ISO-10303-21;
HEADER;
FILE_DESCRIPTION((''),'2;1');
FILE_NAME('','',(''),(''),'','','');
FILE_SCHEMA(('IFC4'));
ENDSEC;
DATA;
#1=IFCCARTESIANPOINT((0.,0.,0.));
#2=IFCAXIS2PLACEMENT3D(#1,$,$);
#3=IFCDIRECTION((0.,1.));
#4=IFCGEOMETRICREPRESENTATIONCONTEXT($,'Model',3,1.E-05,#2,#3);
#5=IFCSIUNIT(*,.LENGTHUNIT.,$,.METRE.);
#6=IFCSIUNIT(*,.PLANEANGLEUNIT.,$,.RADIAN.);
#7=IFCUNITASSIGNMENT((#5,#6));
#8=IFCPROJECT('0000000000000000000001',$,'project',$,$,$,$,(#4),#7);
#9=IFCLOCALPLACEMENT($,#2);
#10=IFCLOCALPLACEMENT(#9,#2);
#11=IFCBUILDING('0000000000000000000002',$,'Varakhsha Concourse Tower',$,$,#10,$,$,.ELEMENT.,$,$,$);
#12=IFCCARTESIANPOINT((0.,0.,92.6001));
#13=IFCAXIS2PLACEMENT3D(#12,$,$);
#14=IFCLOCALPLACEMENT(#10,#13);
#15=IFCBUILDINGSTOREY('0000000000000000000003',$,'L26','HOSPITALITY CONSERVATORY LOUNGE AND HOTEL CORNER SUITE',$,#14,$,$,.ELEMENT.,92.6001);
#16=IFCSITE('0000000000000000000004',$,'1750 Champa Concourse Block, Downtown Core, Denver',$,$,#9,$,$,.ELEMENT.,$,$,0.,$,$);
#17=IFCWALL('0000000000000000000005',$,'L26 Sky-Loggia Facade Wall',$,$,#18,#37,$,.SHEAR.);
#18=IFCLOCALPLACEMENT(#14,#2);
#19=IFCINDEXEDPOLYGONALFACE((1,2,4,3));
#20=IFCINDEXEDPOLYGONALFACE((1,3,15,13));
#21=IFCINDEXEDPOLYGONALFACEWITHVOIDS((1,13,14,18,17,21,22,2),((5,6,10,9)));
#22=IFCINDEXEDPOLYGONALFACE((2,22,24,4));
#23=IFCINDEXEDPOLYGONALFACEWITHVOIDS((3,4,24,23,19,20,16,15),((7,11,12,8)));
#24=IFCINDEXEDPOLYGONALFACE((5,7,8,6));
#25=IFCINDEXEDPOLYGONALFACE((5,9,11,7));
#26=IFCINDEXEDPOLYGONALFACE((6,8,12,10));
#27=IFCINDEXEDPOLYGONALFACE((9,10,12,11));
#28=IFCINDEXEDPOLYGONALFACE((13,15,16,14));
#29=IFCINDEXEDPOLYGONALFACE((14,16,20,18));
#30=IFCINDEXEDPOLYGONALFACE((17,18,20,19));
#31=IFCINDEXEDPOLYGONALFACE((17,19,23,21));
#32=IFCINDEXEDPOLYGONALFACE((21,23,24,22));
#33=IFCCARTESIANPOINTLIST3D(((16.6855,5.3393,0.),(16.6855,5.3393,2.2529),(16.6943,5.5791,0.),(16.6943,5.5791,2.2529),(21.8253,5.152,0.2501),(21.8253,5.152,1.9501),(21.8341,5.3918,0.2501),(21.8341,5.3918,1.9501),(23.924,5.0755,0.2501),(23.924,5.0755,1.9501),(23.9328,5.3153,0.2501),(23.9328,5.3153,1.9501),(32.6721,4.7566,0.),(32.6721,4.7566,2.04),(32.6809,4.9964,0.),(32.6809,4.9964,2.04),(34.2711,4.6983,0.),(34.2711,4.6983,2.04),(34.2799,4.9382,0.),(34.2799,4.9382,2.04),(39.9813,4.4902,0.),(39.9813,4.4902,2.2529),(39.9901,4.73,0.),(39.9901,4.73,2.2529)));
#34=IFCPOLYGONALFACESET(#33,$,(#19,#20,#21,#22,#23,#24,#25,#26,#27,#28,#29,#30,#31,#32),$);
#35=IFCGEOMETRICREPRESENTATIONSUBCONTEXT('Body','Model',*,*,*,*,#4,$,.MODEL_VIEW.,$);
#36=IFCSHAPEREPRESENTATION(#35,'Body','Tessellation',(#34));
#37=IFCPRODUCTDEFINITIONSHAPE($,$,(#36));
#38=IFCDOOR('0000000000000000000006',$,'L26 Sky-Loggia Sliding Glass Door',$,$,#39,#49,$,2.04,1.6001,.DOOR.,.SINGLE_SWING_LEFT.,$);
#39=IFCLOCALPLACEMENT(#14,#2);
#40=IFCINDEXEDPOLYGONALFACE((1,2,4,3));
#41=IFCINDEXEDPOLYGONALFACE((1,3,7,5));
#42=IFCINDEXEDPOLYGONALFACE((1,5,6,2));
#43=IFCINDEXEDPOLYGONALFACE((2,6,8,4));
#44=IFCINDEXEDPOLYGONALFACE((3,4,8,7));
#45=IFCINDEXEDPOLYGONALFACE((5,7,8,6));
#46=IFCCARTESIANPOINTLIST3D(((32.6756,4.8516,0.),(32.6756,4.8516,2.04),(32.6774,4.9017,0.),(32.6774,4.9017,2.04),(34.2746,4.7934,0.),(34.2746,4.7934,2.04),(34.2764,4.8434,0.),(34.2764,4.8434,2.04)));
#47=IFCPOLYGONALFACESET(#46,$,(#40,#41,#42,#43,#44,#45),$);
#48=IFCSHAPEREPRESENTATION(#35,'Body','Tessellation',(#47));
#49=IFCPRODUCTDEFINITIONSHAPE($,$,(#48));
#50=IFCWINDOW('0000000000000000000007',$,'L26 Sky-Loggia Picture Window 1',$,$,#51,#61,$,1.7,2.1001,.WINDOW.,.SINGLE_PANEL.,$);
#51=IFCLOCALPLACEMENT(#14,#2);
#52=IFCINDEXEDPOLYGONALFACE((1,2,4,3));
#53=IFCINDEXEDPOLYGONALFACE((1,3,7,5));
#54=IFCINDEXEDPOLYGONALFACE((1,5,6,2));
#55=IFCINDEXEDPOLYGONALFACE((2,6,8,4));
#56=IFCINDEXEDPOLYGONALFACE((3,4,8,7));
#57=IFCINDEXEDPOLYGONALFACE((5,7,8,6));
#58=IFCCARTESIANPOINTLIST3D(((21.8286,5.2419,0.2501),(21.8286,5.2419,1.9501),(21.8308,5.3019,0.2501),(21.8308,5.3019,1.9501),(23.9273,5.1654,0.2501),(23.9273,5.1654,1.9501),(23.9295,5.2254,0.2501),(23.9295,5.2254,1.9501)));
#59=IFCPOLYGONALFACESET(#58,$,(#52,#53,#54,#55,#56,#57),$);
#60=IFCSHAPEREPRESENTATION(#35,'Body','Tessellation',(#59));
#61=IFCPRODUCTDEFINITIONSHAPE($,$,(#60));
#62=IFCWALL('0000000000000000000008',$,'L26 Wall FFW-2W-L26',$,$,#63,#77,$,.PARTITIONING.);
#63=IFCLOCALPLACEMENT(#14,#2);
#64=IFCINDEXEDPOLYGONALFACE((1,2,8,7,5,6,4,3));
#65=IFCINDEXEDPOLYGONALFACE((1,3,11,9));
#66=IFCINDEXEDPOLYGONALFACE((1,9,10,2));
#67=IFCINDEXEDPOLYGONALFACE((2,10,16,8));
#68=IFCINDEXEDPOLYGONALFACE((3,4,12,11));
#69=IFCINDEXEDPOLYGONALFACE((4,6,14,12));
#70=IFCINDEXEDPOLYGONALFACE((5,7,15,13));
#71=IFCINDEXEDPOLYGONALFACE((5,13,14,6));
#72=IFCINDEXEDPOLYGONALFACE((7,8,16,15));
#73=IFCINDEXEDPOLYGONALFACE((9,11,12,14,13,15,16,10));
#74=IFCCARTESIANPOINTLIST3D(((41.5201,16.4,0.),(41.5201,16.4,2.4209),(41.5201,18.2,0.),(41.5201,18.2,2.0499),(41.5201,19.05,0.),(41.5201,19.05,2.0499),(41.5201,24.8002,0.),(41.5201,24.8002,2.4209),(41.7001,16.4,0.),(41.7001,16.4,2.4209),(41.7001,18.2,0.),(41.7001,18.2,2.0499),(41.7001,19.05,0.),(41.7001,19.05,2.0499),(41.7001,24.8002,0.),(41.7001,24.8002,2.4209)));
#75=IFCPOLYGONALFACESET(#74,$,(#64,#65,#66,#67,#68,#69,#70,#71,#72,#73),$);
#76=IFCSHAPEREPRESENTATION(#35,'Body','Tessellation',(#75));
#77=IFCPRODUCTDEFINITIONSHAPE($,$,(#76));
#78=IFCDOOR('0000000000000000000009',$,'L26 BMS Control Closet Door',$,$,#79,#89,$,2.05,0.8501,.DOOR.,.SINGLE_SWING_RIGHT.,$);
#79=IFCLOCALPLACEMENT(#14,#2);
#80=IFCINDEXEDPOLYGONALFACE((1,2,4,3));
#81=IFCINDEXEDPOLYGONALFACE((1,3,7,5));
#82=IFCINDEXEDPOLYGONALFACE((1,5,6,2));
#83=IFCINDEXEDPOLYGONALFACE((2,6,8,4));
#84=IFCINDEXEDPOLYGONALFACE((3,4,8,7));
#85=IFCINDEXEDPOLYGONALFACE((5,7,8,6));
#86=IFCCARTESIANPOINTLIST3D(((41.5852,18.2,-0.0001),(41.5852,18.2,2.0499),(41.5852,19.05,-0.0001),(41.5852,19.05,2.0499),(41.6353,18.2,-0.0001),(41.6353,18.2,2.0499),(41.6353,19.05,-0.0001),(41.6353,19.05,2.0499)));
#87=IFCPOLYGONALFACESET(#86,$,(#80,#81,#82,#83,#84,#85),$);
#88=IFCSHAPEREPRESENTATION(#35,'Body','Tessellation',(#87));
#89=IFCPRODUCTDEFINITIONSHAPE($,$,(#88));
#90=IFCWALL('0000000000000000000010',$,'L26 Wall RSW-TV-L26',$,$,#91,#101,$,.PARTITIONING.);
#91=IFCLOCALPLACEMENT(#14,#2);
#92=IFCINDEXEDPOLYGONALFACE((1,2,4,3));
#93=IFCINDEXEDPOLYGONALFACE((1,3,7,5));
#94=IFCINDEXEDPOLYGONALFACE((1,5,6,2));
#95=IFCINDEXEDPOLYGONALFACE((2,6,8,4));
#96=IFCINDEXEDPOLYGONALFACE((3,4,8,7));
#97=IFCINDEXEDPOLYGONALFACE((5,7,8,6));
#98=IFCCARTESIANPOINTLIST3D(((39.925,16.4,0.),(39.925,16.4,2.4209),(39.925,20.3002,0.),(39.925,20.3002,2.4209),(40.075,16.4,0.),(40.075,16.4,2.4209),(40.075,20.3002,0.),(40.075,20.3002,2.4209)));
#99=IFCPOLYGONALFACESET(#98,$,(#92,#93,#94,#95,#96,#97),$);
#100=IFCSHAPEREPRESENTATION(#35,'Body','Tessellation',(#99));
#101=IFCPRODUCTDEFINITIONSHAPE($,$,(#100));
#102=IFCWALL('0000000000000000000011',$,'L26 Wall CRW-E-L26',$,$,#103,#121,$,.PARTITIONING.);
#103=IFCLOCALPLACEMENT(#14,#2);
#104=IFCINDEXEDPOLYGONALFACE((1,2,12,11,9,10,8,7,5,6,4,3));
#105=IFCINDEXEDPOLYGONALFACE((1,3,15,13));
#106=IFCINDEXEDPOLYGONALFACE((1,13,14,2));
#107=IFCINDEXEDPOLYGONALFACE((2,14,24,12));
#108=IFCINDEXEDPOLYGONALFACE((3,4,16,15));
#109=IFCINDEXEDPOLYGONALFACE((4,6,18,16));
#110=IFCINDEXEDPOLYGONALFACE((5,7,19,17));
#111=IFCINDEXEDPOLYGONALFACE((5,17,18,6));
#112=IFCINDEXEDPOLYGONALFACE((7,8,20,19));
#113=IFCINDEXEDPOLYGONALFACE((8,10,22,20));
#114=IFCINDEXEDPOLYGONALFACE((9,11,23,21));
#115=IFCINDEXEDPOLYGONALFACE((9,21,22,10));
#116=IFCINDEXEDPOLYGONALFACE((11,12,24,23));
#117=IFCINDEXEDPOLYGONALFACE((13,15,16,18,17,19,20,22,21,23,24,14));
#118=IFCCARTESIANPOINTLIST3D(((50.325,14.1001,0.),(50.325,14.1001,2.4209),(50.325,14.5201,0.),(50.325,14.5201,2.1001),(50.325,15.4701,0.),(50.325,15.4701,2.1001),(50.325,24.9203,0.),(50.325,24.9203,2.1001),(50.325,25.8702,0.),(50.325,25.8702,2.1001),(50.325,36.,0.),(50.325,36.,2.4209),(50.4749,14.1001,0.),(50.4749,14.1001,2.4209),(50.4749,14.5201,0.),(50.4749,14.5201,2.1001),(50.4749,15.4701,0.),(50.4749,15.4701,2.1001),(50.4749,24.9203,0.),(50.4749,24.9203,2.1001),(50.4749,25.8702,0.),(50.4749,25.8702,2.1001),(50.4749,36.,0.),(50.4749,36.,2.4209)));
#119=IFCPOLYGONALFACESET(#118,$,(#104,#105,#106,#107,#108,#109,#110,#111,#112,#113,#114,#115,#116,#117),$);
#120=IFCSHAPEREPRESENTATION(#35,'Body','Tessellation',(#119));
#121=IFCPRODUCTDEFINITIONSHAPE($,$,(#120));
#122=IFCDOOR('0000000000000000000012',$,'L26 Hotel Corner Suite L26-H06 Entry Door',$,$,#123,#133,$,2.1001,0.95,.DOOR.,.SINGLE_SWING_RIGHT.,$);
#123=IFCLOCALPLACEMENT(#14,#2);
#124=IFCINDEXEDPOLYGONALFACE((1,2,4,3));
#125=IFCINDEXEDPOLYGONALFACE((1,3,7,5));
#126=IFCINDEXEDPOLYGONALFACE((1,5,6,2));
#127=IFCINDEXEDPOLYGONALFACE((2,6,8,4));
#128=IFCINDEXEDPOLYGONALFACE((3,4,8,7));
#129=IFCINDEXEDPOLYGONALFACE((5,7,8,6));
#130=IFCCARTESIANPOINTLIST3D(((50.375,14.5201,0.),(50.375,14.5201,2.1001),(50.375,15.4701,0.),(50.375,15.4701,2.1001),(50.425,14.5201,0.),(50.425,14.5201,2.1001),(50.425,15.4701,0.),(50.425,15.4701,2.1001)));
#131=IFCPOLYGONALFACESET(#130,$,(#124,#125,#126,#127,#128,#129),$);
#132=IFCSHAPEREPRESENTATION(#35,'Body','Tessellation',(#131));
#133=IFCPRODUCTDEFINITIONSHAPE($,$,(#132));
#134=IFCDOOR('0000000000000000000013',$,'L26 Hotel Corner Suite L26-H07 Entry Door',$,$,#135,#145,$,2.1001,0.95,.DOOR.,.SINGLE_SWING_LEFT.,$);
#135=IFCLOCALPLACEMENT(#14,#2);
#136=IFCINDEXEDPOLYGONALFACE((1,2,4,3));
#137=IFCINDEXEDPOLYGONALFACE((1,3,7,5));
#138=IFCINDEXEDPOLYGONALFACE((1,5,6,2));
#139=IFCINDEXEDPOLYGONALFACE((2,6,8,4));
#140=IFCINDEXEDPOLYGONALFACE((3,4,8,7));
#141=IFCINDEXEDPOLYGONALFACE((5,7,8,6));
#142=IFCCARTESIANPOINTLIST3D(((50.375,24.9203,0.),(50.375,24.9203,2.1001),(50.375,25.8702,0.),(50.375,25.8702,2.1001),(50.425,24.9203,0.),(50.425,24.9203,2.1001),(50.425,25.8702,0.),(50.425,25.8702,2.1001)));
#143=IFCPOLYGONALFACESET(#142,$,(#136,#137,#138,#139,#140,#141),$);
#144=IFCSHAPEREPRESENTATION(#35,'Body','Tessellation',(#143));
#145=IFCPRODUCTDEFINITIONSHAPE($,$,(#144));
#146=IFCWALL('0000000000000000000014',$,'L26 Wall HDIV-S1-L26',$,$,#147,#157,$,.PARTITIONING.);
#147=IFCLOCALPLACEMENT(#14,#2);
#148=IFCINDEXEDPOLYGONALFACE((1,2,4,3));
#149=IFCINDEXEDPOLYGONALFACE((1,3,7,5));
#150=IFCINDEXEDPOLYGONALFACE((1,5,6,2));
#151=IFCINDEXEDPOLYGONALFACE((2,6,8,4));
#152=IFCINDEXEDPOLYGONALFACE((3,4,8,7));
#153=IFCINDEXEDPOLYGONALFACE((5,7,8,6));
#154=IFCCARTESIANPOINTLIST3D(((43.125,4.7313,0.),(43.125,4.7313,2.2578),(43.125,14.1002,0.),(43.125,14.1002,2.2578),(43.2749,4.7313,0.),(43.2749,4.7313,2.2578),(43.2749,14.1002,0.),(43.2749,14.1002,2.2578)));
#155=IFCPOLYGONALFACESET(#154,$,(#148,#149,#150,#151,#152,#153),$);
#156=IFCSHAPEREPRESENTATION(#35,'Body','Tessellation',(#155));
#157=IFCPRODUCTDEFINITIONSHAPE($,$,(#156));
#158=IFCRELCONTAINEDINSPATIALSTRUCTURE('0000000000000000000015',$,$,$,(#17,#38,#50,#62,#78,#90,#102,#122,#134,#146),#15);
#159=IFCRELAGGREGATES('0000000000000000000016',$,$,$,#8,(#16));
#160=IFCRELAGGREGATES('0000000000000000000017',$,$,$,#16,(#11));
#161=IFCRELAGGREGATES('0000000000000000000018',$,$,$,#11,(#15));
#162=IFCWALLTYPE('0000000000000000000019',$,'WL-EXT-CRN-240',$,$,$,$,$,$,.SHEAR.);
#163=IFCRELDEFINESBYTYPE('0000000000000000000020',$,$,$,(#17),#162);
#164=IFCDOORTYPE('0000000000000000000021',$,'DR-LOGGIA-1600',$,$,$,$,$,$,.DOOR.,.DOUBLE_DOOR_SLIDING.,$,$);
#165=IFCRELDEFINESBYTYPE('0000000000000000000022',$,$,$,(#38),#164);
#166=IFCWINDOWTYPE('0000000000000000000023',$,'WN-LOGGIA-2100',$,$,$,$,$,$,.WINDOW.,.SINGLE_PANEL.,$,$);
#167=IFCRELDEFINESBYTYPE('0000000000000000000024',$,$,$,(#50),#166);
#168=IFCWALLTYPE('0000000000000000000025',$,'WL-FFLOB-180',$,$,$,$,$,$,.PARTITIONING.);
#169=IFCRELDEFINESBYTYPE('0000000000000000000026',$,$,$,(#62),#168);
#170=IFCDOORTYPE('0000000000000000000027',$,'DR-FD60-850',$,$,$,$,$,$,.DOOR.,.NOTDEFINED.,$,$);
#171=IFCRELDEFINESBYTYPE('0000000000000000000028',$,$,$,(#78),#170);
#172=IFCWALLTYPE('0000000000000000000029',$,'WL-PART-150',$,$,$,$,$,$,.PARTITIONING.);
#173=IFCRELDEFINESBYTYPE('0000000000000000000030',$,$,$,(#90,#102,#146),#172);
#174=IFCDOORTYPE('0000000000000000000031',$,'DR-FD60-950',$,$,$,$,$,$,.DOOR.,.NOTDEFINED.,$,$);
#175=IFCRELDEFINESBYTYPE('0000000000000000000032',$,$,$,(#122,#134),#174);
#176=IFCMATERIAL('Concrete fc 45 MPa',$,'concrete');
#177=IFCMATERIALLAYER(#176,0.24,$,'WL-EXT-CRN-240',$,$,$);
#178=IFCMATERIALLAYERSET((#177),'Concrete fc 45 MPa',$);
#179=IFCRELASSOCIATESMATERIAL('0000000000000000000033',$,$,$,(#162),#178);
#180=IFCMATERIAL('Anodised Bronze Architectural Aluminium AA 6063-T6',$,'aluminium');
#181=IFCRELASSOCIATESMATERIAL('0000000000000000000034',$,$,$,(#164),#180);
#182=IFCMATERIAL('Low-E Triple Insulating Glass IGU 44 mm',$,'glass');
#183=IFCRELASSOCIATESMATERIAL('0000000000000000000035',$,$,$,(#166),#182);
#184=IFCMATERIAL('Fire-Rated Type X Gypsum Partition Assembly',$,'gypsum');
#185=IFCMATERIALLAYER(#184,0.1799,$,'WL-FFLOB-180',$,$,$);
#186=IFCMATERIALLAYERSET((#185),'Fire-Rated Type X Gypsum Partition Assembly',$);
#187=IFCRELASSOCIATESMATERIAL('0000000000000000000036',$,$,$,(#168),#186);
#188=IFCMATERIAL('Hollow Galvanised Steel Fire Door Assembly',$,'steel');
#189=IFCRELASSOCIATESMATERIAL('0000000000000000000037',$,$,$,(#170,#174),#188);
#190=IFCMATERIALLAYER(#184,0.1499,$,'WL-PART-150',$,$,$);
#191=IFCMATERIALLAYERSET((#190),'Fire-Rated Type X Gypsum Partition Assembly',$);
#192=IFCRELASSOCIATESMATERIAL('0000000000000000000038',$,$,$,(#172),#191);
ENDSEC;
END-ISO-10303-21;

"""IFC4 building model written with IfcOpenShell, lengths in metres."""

from ifc_helpers import new_model, si_unit, direction, frame, frame_2d, origin, place, context, subcontext, project, spatial, rectangle, extrude, material, layer, layer_set, type_object, element, fill, save


model = new_model("IFC4")

# Units and contexts
model_context = context("Model", 3, precision=1e-05, world=origin(), true_north=direction((0.0, 1.0)))
body_context = subcontext(model_context, "Body", "Model", "MODEL_VIEW")
ifc_project = project(units=[si_unit("LENGTHUNIT", "METRE"), si_unit("PLANEANGLEUNIT", "RADIAN")], contexts=[model_context])

# Site, building, storey
site_placement = place(None, origin())
site = spatial("IfcSite", under=ifc_project, at=site_placement, Name="1750 Champa Concourse Block, Downtown Core, Denver", CompositionType="ELEMENT", RefElevation=0.0)
building_placement = place(site_placement, origin())
building = spatial("IfcBuilding", under=site, at=building_placement, Name="Varakhsha Concourse Tower", CompositionType="ELEMENT")
storey_placement = place(building_placement, frame((0.0, 0.0, 92.6001)))
storey = spatial("IfcBuildingStorey", under=building, at=storey_placement, Name="L26", Description="HOSPITALITY CONSERVATORY LOUNGE AND HOTEL CORNER SUITE", CompositionType="ELEMENT", Elevation=92.6001)

# Shared definitions
ifc_material_1 = material(Name="Anodised Bronze Architectural Aluminium AA 6063-T6", Category="aluminium")
ifc_material_2 = material(Name="Low-E Triple Insulating Glass IGU 44 mm", Category="glass")

# Wall, openings, door, window
ifc_material_3 = material(Name="Concrete fc 45 MPa", Category="concrete")
ifc_layer_1 = layer(ifc_material_3, 0.24, Name="WL-EXT-CRN-240")
ifc_layer_set_1 = layer_set([ifc_layer_1], Name="Concrete fc 45 MPa")
wall_type_1 = type_object("IfcWallType", Name="WL-EXT-CRN-240", PredefinedType="SHEAR", material=ifc_layer_set_1)
wall_1_placement = place(storey_placement, frame((39.9858, 4.6101, 0.0), z_axis=(0.0, 0.0, 1.0), x_axis=(-0.999336, 0.036425, 0.0)))
wall_1 = element("IfcWall", 1, at=wall_1_placement, inside=storey, type_object=wall_type_1, Name="L26 Sky-Loggia Facade Wall", PredefinedType="SHEAR", context=body_context, shape_type="SweptSolid", body=[
    extrude(rectangle(XDim=23.3113, YDim=0.24, at=frame_2d((11.6558, 0.0))), origin(), (0.0, 0.0, 1.0), 2.2529),
])
opening_1_placement = place(wall_1_placement, frame((5.7141, 0.0, 0.0)))
opening_1 = element("IfcOpeningElement", 2, at=opening_1_placement, cuts=wall_1, PredefinedType="OPENING", context=body_context, shape_type="SweptSolid", body=[
    extrude(rectangle(XDim=1.6001, YDim=2.04, at=frame_2d((0.8, 1.02))), frame((0.0, 0.1299, 0.0), z_axis=(0.0, -1.0, 0.0), x_axis=(1.0, 0.0, 0.0)), (0.0, 0.0, 1.0), 0.26),
])
opening_2_placement = place(wall_1_placement, frame((16.0681, 0.0, 0.25)))
opening_2 = element("IfcOpeningElement", 3, at=opening_2_placement, cuts=wall_1, PredefinedType="OPENING", context=body_context, shape_type="SweptSolid", body=[
    extrude(rectangle(XDim=2.1001, YDim=1.7, at=frame_2d((1.05, 0.8501))), frame((0.0, 0.1299, 0.0), z_axis=(0.0, -1.0, 0.0), x_axis=(1.0, 0.0, 0.0)), (0.0, 0.0, 1.0), 0.26),
])
door_type_1 = type_object("IfcDoorType", Name="DR-LOGGIA-1600", OperationType="DOUBLE_DOOR_SLIDING", PredefinedType="DOOR", material=ifc_material_1)
door_1_placement = place(opening_1_placement, origin())
door_1 = element("IfcDoor", 4, at=door_1_placement, inside=storey, type_object=door_type_1, Name="L26 Sky-Loggia Sliding Glass Door", OperationType="SINGLE_SWING_LEFT", OverallHeight=2.04, OverallWidth=1.6001, PredefinedType="DOOR", context=body_context, shape_type="SweptSolid", body=[
    extrude(rectangle(XDim=1.6001, YDim=2.04, at=frame_2d((0.8, 1.02))), frame((0.0, 0.0249, 0.0), z_axis=(0.0, -1.0, 0.0), x_axis=(1.0, 0.0, 0.0)), (0.0, 0.0, 1.0), 0.05),
])
fill(opening_1, door_1)
window_type = type_object("IfcWindowType", Name="WN-LOGGIA-2100", PartitioningType="SINGLE_PANEL", PredefinedType="WINDOW", material=ifc_material_2)
window_placement = place(opening_2_placement, origin())
window = element("IfcWindow", 5, at=window_placement, inside=storey, type_object=window_type, Name="L26 Sky-Loggia Picture Window 1", OverallHeight=1.7, OverallWidth=2.1001, PartitioningType="SINGLE_PANEL", PredefinedType="WINDOW", context=body_context, shape_type="SweptSolid", body=[
    extrude(rectangle(XDim=2.1001, YDim=1.7, at=frame_2d((1.05, 0.8501))), frame((0.0, 0.03, 0.0), z_axis=(0.0, -1.0, 0.0), x_axis=(1.0, 0.0, 0.0)), (0.0, 0.0, 1.0), 0.0601),
])
fill(opening_2, window)

# Wall, opening, door
ifc_material_4 = material(Name="Fire-Rated Type X Gypsum Partition Assembly", Category="gypsum")
ifc_layer_2 = layer(ifc_material_4, 0.1799, Name="WL-FFLOB-180")
ifc_layer_set_2 = layer_set([ifc_layer_2], Name="Fire-Rated Type X Gypsum Partition Assembly")
wall_type_2 = type_object("IfcWallType", Name="WL-FFLOB-180", PredefinedType="PARTITIONING", material=ifc_layer_set_2)
wall_2_placement = place(storey_placement, frame((41.6101, 16.3999, 0.0), z_axis=(0.0, 0.0, 1.0), x_axis=(0.0, 1.0, 0.0)))
wall_2 = element("IfcWall", 6, at=wall_2_placement, inside=storey, type_object=wall_type_2, Name="L26 Wall FFW-2W-L26", PredefinedType="PARTITIONING", context=body_context, shape_type="SweptSolid", body=[
    extrude(rectangle(XDim=8.4001, YDim=0.1799, at=frame_2d((4.2002, 0.0))), origin(), (0.0, 0.0, 1.0), 2.4209),
])
opening_3_placement = place(wall_2_placement, frame((1.8, 0.0, 0.0)))
opening_3 = element("IfcOpeningElement", 7, at=opening_3_placement, cuts=wall_2, PredefinedType="OPENING", context=body_context, shape_type="SweptSolid", body=[
    extrude(rectangle(XDim=0.8501, YDim=2.05, at=frame_2d((0.425, 1.0249))), frame((0.0, 0.0999, 0.0), z_axis=(0.0, -1.0, 0.0), x_axis=(1.0, 0.0, 0.0)), (0.0, 0.0, 1.0), 0.2),
])
ifc_material_5 = material(Name="Hollow Galvanised Steel Fire Door Assembly", Category="steel")
door_type_2 = type_object("IfcDoorType", Name="DR-FD60-850", OperationType="NOTDEFINED", PredefinedType="DOOR", material=ifc_material_5)
door_2_placement = place(opening_3_placement, origin())
door_2 = element("IfcDoor", 8, at=door_2_placement, inside=storey, type_object=door_type_2, Name="L26 BMS Control Closet Door", OperationType="SINGLE_SWING_RIGHT", OverallHeight=2.05, OverallWidth=0.8501, PredefinedType="DOOR", context=body_context, shape_type="SweptSolid", body=[
    extrude(rectangle(XDim=0.8501, YDim=2.05, at=frame_2d((0.425, 1.0249))), frame((0.0, 0.0249, 0.0), z_axis=(0.0, -1.0, 0.0), x_axis=(1.0, 0.0, 0.0)), (0.0, 0.0, 1.0), 0.05),
])
fill(opening_3, door_2)

# Wall
ifc_layer_3 = layer(ifc_material_4, 0.1499, Name="WL-PART-150")
ifc_layer_set_3 = layer_set([ifc_layer_3], Name="Fire-Rated Type X Gypsum Partition Assembly")
wall_type_3 = type_object("IfcWallType", Name="WL-PART-150", PredefinedType="PARTITIONING", material=ifc_layer_set_3)
wall_3_placement = place(storey_placement, frame((40.0, 16.3999, 0.0), z_axis=(0.0, 0.0, 1.0), x_axis=(0.0, 1.0, 0.0)))
element("IfcWall", 9, at=wall_3_placement, inside=storey, type_object=wall_type_3, Name="L26 Wall RSW-TV-L26", PredefinedType="PARTITIONING", context=body_context, shape_type="SweptSolid", body=[
    extrude(rectangle(XDim=3.9001, YDim=0.1499, at=frame_2d((1.9502, 0.0))), origin(), (0.0, 0.0, 1.0), 2.4209),
])

# Wall, openings, doors
wall_4_placement = place(storey_placement, frame((50.3999, 14.1001, 0.0), z_axis=(0.0, 0.0, 1.0), x_axis=(0.0, 1.0, 0.0)))
wall_4 = element("IfcWall", 10, at=wall_4_placement, inside=storey, type_object=wall_type_3, Name="L26 Wall CRW-E-L26", PredefinedType="PARTITIONING", context=body_context, shape_type="SweptSolid", body=[
    extrude(rectangle(XDim=21.8999, YDim=0.1499, at=frame_2d((10.95, 0.0))), origin(), (0.0, 0.0, 1.0), 2.4209),
])
opening_4_placement = place(wall_4_placement, frame((0.4199, 0.0, 0.0)))
opening_4 = element("IfcOpeningElement", 11, at=opening_4_placement, cuts=wall_4, PredefinedType="OPENING", context=body_context, shape_type="SweptSolid", body=[
    extrude(rectangle(XDim=0.95, YDim=2.1001, at=frame_2d((0.4751, 1.05))), frame((0.0, 0.085, 0.0), z_axis=(0.0, -1.0, 0.0), x_axis=(1.0, 0.0, 0.0)), (0.0, 0.0, 1.0), 0.1699),
])
opening_5_placement = place(wall_4_placement, frame((10.8201, 0.0, 0.0)))
opening_5 = element("IfcOpeningElement", 12, at=opening_5_placement, cuts=wall_4, PredefinedType="OPENING", context=body_context, shape_type="SweptSolid", body=[
    extrude(rectangle(XDim=0.95, YDim=2.1001, at=frame_2d((0.4751, 1.05))), frame((0.0, 0.085, 0.0), z_axis=(0.0, -1.0, 0.0), x_axis=(1.0, 0.0, 0.0)), (0.0, 0.0, 1.0), 0.1699),
])
door_type_3 = type_object("IfcDoorType", Name="DR-FD60-950", OperationType="NOTDEFINED", PredefinedType="DOOR", material=ifc_material_5)
door_3_placement = place(opening_4_placement, origin())
door_3 = element("IfcDoor", 13, at=door_3_placement, inside=storey, type_object=door_type_3, Name="L26 Hotel Corner Suite L26-H06 Entry Door", OperationType="SINGLE_SWING_RIGHT", OverallHeight=2.1001, OverallWidth=0.95, PredefinedType="DOOR", context=body_context, shape_type="SweptSolid", body=[
    extrude(rectangle(XDim=0.95, YDim=2.1001, at=frame_2d((0.4751, 1.05))), frame((0.0, 0.0249, 0.0), z_axis=(0.0, -1.0, 0.0), x_axis=(1.0, 0.0, 0.0)), (0.0, 0.0, 1.0), 0.05),
])
fill(opening_4, door_3)
door_4_placement = place(opening_5_placement, origin())
door_4 = element("IfcDoor", 14, at=door_4_placement, inside=storey, type_object=door_type_3, Name="L26 Hotel Corner Suite L26-H07 Entry Door", OperationType="SINGLE_SWING_LEFT", OverallHeight=2.1001, OverallWidth=0.95, PredefinedType="DOOR", context=body_context, shape_type="SweptSolid", body=[
    extrude(rectangle(XDim=0.95, YDim=2.1001, at=frame_2d((0.4751, 1.05))), frame((0.0, 0.0249, 0.0), z_axis=(0.0, -1.0, 0.0), x_axis=(1.0, 0.0, 0.0)), (0.0, 0.0, 1.0), 0.05),
])
fill(opening_5, door_4)

# Wall
wall_5_placement = place(storey_placement, frame((43.2, 4.7312, 0.0), z_axis=(0.0, 0.0, 1.0), x_axis=(0.0, 1.0, 0.0)))
element("IfcWall", 15, at=wall_5_placement, inside=storey, type_object=wall_type_3, Name="L26 Wall HDIV-S1-L26", PredefinedType="PARTITIONING", context=body_context, shape_type="SweptSolid", body=[
    extrude(rectangle(XDim=9.3689, YDim=0.1499, at=frame_2d((4.6846, 0.0))), origin(), (0.0, 0.0, 1.0), 2.2578),
])

save(model, "model.ifc")
